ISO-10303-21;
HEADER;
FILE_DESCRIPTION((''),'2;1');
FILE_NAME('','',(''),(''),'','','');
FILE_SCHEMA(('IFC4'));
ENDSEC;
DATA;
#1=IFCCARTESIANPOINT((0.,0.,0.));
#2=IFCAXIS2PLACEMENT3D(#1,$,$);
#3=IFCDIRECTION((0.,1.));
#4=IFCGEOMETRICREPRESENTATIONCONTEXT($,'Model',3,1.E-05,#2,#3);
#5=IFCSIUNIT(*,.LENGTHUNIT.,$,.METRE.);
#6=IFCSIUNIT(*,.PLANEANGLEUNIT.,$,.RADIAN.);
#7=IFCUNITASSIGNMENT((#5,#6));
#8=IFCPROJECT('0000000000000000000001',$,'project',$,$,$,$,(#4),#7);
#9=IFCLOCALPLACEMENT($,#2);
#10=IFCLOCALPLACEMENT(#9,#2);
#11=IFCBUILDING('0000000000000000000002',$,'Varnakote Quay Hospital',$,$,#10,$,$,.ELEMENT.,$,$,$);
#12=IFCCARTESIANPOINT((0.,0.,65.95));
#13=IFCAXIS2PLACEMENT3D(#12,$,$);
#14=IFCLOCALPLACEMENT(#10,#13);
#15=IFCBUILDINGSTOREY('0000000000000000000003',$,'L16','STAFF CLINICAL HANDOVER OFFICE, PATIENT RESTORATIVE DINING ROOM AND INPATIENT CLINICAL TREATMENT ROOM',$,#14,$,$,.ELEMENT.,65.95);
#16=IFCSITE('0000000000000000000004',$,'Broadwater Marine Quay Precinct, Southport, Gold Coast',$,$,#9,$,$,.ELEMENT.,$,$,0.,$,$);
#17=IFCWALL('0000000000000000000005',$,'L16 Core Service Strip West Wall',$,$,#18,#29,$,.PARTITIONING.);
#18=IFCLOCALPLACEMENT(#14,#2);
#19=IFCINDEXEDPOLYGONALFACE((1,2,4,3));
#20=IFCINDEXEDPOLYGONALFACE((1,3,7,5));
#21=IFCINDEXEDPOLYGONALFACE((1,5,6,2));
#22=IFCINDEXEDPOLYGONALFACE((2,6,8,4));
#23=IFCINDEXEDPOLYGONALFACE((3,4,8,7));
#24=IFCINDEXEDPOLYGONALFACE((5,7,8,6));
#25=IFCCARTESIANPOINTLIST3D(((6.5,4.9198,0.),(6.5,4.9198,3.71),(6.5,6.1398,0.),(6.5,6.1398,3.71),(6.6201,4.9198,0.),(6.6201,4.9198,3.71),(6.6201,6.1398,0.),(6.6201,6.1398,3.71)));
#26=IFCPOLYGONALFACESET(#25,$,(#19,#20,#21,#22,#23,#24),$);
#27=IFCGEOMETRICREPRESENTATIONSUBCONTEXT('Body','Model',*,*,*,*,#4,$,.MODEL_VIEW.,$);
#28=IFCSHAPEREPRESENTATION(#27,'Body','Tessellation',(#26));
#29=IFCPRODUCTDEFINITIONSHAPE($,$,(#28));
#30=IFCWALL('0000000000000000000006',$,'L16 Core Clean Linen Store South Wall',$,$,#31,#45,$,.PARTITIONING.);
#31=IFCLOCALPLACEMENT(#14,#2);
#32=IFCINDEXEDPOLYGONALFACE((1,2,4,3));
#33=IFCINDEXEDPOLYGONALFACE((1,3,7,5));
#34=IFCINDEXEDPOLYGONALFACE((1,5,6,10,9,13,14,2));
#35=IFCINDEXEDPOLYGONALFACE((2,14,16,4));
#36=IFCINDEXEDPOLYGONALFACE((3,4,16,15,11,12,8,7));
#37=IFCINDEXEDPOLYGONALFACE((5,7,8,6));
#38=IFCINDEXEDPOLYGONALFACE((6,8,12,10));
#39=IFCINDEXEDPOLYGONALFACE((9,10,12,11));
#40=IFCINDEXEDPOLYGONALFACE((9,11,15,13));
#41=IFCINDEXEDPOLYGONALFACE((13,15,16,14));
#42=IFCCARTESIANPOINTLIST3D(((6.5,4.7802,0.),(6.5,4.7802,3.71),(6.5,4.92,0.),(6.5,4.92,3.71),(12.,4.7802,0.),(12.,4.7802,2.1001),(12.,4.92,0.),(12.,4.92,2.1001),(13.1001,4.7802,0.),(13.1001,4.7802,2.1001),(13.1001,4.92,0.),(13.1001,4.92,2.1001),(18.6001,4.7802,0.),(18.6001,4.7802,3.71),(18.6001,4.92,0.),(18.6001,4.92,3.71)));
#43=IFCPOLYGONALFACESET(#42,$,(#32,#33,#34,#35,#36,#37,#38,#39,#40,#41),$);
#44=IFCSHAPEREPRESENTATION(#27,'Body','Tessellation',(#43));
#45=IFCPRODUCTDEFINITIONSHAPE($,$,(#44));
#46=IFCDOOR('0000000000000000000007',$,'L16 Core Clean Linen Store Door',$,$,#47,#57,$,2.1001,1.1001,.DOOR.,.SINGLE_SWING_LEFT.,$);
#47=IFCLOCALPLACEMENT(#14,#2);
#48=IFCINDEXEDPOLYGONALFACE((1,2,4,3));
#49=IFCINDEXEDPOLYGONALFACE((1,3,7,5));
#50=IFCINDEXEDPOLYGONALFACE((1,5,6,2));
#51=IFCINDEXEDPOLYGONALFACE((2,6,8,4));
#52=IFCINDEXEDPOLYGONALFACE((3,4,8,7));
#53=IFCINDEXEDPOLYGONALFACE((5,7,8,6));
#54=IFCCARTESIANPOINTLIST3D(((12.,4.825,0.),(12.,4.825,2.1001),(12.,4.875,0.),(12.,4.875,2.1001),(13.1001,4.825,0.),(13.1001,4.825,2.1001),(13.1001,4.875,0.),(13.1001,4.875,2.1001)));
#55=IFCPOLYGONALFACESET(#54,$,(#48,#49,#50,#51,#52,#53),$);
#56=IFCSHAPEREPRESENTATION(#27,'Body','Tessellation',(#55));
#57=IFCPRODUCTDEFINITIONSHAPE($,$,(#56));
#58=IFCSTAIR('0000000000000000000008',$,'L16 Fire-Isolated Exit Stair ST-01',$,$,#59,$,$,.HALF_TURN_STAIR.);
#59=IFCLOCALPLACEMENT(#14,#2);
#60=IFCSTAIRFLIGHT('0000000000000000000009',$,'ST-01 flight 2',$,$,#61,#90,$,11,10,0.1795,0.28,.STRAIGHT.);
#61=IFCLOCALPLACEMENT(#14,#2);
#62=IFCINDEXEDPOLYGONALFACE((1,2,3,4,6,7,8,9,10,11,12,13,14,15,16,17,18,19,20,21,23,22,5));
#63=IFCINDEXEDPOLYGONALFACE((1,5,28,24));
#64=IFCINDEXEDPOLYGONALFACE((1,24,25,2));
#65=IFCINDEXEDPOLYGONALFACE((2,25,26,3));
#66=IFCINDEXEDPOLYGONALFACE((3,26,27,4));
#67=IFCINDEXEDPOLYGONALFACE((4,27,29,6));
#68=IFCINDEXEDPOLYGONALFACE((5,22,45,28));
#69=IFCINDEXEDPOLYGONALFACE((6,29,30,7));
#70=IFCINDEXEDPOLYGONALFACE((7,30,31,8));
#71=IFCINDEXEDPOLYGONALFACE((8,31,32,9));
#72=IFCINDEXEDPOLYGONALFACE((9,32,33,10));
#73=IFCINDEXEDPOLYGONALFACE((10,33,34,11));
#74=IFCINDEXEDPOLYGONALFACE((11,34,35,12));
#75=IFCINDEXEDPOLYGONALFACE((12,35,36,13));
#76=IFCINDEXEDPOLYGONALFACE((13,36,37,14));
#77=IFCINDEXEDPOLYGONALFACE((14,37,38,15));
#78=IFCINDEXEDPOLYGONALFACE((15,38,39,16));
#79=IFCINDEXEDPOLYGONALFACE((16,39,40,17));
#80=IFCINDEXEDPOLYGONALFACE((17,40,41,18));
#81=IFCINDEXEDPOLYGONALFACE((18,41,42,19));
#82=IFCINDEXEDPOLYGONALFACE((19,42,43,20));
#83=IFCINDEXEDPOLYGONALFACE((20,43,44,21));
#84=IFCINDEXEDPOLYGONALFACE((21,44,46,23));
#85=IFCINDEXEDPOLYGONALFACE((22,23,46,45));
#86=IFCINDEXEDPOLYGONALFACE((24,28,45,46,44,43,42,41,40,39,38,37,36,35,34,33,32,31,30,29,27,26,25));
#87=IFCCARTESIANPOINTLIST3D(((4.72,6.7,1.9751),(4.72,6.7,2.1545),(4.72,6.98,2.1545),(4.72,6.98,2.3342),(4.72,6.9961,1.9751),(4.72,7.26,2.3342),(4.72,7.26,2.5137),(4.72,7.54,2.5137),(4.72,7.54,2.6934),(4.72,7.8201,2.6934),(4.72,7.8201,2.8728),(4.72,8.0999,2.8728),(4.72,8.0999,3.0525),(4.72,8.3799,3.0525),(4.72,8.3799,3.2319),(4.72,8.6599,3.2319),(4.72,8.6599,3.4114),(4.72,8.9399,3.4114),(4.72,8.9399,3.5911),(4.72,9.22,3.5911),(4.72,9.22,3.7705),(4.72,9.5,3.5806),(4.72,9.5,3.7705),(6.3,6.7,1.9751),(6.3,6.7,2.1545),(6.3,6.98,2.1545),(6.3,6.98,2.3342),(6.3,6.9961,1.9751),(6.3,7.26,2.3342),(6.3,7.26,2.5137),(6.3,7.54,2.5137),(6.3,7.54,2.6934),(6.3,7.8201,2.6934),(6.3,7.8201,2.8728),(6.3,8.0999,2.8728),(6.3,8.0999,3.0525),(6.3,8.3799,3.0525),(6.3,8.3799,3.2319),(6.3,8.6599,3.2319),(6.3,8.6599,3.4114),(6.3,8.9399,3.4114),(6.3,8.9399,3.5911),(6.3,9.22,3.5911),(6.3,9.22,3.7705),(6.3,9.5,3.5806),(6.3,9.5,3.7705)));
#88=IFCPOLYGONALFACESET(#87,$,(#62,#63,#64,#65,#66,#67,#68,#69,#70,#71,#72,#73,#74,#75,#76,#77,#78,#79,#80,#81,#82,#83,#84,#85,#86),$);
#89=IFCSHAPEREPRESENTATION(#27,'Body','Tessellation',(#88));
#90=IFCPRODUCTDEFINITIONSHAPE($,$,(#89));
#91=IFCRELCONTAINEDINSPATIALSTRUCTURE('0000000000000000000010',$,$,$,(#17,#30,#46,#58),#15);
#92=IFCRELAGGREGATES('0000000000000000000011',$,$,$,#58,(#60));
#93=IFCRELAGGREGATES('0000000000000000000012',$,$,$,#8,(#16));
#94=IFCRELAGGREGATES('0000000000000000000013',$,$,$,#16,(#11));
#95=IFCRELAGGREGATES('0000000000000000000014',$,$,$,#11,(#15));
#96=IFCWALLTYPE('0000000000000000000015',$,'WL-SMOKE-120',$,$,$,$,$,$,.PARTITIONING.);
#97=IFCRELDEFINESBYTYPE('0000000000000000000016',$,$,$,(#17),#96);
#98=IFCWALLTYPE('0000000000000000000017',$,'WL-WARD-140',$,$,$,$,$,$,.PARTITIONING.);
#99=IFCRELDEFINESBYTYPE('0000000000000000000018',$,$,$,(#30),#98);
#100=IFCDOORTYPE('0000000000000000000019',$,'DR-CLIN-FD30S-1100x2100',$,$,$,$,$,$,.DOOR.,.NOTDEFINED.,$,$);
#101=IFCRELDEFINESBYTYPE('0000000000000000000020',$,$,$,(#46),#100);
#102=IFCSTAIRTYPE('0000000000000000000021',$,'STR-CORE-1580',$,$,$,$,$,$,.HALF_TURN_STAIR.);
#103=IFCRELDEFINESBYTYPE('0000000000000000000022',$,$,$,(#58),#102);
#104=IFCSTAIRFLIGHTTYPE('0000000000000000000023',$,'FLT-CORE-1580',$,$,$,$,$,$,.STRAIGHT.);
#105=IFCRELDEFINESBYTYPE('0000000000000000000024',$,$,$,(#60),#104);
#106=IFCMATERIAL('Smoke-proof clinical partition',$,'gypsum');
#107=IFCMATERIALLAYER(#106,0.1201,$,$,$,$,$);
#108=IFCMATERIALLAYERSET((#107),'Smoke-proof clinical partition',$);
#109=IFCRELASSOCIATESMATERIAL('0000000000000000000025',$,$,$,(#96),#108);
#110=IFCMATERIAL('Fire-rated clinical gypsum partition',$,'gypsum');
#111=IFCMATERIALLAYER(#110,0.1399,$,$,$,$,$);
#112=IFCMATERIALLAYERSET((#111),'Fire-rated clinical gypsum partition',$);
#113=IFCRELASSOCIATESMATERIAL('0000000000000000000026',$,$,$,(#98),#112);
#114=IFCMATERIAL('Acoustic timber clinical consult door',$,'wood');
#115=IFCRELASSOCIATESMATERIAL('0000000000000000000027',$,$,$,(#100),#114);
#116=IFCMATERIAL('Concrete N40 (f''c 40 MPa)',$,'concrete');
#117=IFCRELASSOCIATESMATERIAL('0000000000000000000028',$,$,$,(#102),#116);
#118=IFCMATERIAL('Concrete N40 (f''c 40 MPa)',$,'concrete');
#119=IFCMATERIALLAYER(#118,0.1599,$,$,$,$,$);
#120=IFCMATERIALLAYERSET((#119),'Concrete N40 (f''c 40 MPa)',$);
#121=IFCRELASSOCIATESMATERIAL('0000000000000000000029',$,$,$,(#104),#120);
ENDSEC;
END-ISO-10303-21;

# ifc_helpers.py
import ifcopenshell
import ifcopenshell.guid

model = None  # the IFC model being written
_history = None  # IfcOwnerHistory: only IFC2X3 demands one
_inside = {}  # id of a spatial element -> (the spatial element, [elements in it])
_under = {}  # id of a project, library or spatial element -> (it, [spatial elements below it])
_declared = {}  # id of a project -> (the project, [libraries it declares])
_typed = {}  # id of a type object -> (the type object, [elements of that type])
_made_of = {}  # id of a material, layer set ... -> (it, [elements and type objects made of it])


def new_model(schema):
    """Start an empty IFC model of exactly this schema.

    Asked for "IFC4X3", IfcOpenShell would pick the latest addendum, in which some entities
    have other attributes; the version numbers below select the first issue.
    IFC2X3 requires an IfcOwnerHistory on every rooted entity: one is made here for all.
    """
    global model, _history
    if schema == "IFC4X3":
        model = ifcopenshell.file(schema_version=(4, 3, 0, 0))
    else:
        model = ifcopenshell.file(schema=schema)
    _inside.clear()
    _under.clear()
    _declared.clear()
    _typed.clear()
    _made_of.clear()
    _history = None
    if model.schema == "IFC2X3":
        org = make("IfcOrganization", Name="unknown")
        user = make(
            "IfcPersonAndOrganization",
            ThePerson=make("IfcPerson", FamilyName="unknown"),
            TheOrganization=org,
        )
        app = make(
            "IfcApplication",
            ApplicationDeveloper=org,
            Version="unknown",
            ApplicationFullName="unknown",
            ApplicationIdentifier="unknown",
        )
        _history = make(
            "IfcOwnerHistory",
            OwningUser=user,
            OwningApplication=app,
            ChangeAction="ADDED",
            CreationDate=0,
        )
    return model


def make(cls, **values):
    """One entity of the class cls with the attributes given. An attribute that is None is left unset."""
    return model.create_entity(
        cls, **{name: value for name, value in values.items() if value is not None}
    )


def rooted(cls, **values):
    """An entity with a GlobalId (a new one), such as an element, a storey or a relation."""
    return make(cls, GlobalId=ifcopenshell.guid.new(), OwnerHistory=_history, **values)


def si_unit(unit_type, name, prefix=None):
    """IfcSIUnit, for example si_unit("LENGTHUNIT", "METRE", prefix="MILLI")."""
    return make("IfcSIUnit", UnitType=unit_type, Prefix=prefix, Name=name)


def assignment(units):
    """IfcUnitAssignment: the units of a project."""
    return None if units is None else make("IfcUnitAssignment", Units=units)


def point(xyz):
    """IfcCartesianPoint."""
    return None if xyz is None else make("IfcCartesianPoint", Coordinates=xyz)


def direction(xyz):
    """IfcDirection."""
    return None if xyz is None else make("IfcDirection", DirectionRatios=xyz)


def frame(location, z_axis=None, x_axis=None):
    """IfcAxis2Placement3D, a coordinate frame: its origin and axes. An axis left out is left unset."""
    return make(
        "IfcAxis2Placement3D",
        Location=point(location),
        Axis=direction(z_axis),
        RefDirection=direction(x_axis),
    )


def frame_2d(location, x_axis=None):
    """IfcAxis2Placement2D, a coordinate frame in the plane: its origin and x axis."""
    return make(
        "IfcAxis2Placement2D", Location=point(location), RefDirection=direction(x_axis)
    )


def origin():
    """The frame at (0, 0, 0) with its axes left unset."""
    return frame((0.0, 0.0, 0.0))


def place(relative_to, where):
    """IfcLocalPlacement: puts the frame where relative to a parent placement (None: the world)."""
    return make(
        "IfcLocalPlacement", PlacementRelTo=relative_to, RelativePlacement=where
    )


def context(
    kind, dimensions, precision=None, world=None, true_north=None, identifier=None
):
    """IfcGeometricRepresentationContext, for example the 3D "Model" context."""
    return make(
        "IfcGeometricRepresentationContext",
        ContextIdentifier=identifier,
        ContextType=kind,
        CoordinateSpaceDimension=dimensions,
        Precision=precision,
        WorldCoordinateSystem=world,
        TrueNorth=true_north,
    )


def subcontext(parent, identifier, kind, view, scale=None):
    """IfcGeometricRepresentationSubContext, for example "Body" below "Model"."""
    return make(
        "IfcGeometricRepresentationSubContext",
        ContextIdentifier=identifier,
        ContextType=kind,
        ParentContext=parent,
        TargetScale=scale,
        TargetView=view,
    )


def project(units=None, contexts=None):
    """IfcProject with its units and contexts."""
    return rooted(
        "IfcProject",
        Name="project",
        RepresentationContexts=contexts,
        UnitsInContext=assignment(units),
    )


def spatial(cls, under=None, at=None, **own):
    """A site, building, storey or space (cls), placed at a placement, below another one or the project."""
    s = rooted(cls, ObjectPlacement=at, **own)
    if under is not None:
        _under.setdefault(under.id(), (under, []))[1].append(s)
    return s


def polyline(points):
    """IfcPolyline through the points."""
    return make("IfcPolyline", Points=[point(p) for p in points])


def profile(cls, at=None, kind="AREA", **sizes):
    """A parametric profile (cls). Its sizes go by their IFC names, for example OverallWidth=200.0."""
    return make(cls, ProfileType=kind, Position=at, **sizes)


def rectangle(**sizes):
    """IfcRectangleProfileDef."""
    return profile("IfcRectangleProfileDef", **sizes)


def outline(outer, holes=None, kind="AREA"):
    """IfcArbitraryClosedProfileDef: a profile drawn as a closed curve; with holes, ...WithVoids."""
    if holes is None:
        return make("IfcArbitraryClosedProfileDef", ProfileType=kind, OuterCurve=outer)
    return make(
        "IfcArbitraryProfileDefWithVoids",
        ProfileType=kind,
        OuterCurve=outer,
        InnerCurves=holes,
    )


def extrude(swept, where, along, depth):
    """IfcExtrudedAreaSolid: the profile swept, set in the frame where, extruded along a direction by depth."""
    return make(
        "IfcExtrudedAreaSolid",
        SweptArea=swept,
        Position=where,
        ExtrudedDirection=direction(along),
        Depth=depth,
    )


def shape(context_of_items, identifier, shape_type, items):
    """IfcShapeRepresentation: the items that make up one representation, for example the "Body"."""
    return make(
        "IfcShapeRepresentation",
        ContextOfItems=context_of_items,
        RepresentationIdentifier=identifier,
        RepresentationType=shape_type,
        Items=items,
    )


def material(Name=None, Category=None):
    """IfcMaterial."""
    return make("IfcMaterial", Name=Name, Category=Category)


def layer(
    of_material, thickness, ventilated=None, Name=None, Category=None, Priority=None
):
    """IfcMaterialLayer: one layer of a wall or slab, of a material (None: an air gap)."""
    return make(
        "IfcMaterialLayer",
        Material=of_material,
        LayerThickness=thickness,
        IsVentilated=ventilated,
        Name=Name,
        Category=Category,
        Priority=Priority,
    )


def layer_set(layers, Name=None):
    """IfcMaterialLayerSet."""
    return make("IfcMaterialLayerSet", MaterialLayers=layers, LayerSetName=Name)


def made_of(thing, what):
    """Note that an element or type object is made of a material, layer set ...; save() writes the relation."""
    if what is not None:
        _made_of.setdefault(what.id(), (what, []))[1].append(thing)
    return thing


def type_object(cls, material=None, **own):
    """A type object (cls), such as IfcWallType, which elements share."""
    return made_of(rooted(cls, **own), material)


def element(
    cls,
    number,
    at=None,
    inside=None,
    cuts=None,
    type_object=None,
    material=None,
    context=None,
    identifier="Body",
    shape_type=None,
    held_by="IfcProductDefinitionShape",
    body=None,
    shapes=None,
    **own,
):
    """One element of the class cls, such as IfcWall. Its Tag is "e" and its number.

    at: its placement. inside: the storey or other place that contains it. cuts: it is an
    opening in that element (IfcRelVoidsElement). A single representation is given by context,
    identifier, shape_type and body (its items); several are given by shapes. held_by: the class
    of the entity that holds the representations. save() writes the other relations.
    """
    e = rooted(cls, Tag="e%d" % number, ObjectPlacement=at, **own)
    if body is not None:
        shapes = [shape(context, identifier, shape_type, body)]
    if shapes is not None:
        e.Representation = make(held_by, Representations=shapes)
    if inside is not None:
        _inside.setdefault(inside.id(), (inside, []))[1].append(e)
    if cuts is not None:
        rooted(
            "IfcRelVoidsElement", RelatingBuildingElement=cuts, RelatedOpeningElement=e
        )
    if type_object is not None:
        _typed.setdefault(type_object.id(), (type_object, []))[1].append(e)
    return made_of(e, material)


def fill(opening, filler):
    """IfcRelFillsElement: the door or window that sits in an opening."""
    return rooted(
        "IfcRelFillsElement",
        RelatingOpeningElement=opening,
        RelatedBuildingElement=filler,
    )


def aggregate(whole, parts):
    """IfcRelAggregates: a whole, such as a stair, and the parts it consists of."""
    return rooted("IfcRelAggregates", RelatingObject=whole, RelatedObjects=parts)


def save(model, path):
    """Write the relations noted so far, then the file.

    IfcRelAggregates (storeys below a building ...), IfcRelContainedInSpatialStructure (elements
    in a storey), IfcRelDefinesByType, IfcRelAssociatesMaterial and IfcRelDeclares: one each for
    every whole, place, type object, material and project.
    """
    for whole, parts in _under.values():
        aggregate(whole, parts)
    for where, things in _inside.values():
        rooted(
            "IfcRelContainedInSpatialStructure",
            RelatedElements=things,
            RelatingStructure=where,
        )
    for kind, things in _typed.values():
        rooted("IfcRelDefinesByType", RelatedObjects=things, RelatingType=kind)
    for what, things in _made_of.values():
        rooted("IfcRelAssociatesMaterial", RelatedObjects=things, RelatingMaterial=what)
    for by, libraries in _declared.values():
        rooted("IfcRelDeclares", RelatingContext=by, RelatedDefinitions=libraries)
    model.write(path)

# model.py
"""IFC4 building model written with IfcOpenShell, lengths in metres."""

from ifc_helpers import new_model, si_unit, direction, frame, frame_2d, origin, place, context, subcontext, project, spatial, polyline, rectangle, outline, extrude, material, layer, layer_set, type_object, element, fill, aggregate, save


model = new_model("IFC4")

# Units and contexts
model_context = context("Model", 3, precision=1e-05, world=origin(), true_north=direction((0.0, 1.0)))
body_context = subcontext(model_context, "Body", "Model", "MODEL_VIEW")
ifc_project = project(units=[si_unit("LENGTHUNIT", "METRE"), si_unit("PLANEANGLEUNIT", "RADIAN")], contexts=[model_context])

# Site, building, storey
site_placement = place(None, origin())
site = spatial("IfcSite", under=ifc_project, at=site_placement, Name="Broadwater Marine Quay Precinct, Southport, Gold Coast", CompositionType="ELEMENT", RefElevation=0.0)
building_placement = place(site_placement, origin())
building = spatial("IfcBuilding", under=site, at=building_placement, Name="Varnakote Quay Hospital", CompositionType="ELEMENT")
storey_placement = place(building_placement, frame((0.0, 0.0, 65.95)))
storey = spatial("IfcBuildingStorey", under=building, at=storey_placement, Name="L16", Description="STAFF CLINICAL HANDOVER OFFICE, PATIENT RESTORATIVE DINING ROOM AND INPATIENT CLINICAL TREATMENT ROOM", CompositionType="ELEMENT", Elevation=65.95)

# Wall
ifc_material_1 = material(Name="Smoke-proof clinical partition", Category="gypsum")
ifc_layer_1 = layer(ifc_material_1, 0.1201)
ifc_layer_set_1 = layer_set([ifc_layer_1], Name="Smoke-proof clinical partition")
wall_type_1 = type_object("IfcWallType", Name="WL-SMOKE-120", PredefinedType="PARTITIONING", material=ifc_layer_set_1)
wall_1_placement = place(storey_placement, frame((6.5601, 4.9199, 0.0), z_axis=(0.0, 0.0, 1.0), x_axis=(0.0, 1.0, 0.0)))
element("IfcWall", 1, at=wall_1_placement, inside=storey, type_object=wall_type_1, Name="L16 Core Service Strip West Wall", PredefinedType="PARTITIONING", context=body_context, shape_type="SweptSolid", body=[
    extrude(rectangle(XDim=1.22, YDim=0.1201, at=frame_2d((0.6099, 0.0))), origin(), (0.0, 0.0, 1.0), 3.71),
])

# Wall, opening, door
ifc_material_2 = material(Name="Fire-rated clinical gypsum partition", Category="gypsum")
ifc_layer_2 = layer(ifc_material_2, 0.1399)
ifc_layer_set_2 = layer_set([ifc_layer_2], Name="Fire-rated clinical gypsum partition")
wall_type_2 = type_object("IfcWallType", Name="WL-WARD-140", PredefinedType="PARTITIONING", material=ifc_layer_set_2)
wall_2_placement = place(storey_placement, frame((6.5, 4.8501, 0.0), z_axis=(0.0, 0.0, 1.0), x_axis=(1.0, 0.0, 0.0)))
wall_2 = element("IfcWall", 2, at=wall_2_placement, inside=storey, type_object=wall_type_2, Name="L16 Core Clean Linen Store South Wall", PredefinedType="PARTITIONING", context=body_context, shape_type="SweptSolid", body=[
    extrude(rectangle(XDim=12.1001, YDim=0.1399, at=frame_2d((6.05, 0.0))), origin(), (0.0, 0.0, 1.0), 3.71),
])
opening_1_placement = place(wall_2_placement, frame((5.5, 0.0, 0.0)))
opening_1 = element("IfcOpeningElement", 3, at=opening_1_placement, cuts=wall_2, PredefinedType="OPENING", context=body_context, shape_type="SweptSolid", body=[
    extrude(rectangle(XDim=1.1001, YDim=2.1001, at=frame_2d((0.55, 1.05))), frame((0.0, 0.0798, 0.0), z_axis=(0.0, -1.0, 0.0), x_axis=(1.0, 0.0, 0.0)), (0.0, 0.0, 1.0), 0.1599),
])
ifc_material_3 = material(Name="Acoustic timber clinical consult door", Category="wood")
door_type_1 = type_object("IfcDoorType", Name="DR-CLIN-FD30S-1100x2100", OperationType="NOTDEFINED", PredefinedType="DOOR", material=ifc_material_3)
door_1_placement = place(opening_1_placement, origin())
door_1 = element("IfcDoor", 4, at=door_1_placement, inside=storey, type_object=door_type_1, Name="L16 Core Clean Linen Store Door", OperationType="SINGLE_SWING_LEFT", OverallHeight=2.1001, OverallWidth=1.1001, PredefinedType="DOOR", context=body_context, shape_type="SweptSolid", body=[
    extrude(rectangle(XDim=1.1001, YDim=2.1001, at=frame_2d((0.55, 1.05))), frame((0.0, 0.0249, 0.0), z_axis=(0.0, -1.0, 0.0), x_axis=(1.0, 0.0, 0.0)), (0.0, 0.0, 1.0), 0.05),
])
fill(opening_1, door_1)

# Stair, stair flight
ifc_material_4 = material(Name="Concrete N40 (f'c 40 MPa)", Category="concrete")
stair_type = type_object("IfcStairType", Name="STR-CORE-1580", PredefinedType="HALF_TURN_STAIR", material=ifc_material_4)
stair_placement = place(storey_placement, origin())
stair = element("IfcStair", 5, at=stair_placement, inside=storey, type_object=stair_type, Name="L16 Fire-Isolated Exit Stair ST-01", PredefinedType="HALF_TURN_STAIR")
ifc_material_5 = material(Name="Concrete N40 (f'c 40 MPa)", Category="concrete")
ifc_layer_3 = layer(ifc_material_5, 0.1599)
ifc_layer_set_3 = layer_set([ifc_layer_3], Name="Concrete N40 (f'c 40 MPa)")
stair_flight_type = type_object("IfcStairFlightType", Name="FLT-CORE-1580", PredefinedType="STRAIGHT", material=ifc_layer_set_3)
stair_flight_placement = place(storey_placement, frame((5.51, 6.7, 1.9751), z_axis=(0.0, 0.0, 1.0), x_axis=(0.0, 1.0, 0.0)))
stair_flight = element("IfcStairFlight", 6, at=stair_flight_placement, type_object=stair_flight_type, Name="ST-01 flight 2", NumberOfRisers=11, NumberOfTreads=10, PredefinedType="STRAIGHT", RiserHeight=0.1795, TreadLength=0.28, context=body_context, shape_type="SweptSolid", body=[
    extrude(outline(polyline([(0.0, 0.0), (0.0, 0.1794), (0.28, 0.1794), (0.28, 0.3591), (0.5601, 0.3591), (0.5601, 0.5386), (0.8401, 0.5386), (0.8401, 0.7183), (1.1201, 0.7183), (1.1201, 0.8977), (1.3999, 0.8977), (1.3999, 1.0774), (1.6799, 1.0774), (1.6799, 1.2568), (1.96, 1.2568), (1.96, 1.4363), (2.24, 1.4363), (2.24, 1.616), (2.52, 1.616), (2.52, 1.7954), (2.8, 1.7954), (2.8, 1.9751), (2.8, 1.6055), (0.2961, 0.0), (0.0, 0.0)])), frame((0.0, 0.79, 0.0), z_axis=(0.0, -1.0, 0.0), x_axis=(1.0, 0.0, 0.0)), (0.0, 0.0, 1.0), 1.5801),
])
aggregate(stair, [stair_flight])

save(model, "model.ifc")
